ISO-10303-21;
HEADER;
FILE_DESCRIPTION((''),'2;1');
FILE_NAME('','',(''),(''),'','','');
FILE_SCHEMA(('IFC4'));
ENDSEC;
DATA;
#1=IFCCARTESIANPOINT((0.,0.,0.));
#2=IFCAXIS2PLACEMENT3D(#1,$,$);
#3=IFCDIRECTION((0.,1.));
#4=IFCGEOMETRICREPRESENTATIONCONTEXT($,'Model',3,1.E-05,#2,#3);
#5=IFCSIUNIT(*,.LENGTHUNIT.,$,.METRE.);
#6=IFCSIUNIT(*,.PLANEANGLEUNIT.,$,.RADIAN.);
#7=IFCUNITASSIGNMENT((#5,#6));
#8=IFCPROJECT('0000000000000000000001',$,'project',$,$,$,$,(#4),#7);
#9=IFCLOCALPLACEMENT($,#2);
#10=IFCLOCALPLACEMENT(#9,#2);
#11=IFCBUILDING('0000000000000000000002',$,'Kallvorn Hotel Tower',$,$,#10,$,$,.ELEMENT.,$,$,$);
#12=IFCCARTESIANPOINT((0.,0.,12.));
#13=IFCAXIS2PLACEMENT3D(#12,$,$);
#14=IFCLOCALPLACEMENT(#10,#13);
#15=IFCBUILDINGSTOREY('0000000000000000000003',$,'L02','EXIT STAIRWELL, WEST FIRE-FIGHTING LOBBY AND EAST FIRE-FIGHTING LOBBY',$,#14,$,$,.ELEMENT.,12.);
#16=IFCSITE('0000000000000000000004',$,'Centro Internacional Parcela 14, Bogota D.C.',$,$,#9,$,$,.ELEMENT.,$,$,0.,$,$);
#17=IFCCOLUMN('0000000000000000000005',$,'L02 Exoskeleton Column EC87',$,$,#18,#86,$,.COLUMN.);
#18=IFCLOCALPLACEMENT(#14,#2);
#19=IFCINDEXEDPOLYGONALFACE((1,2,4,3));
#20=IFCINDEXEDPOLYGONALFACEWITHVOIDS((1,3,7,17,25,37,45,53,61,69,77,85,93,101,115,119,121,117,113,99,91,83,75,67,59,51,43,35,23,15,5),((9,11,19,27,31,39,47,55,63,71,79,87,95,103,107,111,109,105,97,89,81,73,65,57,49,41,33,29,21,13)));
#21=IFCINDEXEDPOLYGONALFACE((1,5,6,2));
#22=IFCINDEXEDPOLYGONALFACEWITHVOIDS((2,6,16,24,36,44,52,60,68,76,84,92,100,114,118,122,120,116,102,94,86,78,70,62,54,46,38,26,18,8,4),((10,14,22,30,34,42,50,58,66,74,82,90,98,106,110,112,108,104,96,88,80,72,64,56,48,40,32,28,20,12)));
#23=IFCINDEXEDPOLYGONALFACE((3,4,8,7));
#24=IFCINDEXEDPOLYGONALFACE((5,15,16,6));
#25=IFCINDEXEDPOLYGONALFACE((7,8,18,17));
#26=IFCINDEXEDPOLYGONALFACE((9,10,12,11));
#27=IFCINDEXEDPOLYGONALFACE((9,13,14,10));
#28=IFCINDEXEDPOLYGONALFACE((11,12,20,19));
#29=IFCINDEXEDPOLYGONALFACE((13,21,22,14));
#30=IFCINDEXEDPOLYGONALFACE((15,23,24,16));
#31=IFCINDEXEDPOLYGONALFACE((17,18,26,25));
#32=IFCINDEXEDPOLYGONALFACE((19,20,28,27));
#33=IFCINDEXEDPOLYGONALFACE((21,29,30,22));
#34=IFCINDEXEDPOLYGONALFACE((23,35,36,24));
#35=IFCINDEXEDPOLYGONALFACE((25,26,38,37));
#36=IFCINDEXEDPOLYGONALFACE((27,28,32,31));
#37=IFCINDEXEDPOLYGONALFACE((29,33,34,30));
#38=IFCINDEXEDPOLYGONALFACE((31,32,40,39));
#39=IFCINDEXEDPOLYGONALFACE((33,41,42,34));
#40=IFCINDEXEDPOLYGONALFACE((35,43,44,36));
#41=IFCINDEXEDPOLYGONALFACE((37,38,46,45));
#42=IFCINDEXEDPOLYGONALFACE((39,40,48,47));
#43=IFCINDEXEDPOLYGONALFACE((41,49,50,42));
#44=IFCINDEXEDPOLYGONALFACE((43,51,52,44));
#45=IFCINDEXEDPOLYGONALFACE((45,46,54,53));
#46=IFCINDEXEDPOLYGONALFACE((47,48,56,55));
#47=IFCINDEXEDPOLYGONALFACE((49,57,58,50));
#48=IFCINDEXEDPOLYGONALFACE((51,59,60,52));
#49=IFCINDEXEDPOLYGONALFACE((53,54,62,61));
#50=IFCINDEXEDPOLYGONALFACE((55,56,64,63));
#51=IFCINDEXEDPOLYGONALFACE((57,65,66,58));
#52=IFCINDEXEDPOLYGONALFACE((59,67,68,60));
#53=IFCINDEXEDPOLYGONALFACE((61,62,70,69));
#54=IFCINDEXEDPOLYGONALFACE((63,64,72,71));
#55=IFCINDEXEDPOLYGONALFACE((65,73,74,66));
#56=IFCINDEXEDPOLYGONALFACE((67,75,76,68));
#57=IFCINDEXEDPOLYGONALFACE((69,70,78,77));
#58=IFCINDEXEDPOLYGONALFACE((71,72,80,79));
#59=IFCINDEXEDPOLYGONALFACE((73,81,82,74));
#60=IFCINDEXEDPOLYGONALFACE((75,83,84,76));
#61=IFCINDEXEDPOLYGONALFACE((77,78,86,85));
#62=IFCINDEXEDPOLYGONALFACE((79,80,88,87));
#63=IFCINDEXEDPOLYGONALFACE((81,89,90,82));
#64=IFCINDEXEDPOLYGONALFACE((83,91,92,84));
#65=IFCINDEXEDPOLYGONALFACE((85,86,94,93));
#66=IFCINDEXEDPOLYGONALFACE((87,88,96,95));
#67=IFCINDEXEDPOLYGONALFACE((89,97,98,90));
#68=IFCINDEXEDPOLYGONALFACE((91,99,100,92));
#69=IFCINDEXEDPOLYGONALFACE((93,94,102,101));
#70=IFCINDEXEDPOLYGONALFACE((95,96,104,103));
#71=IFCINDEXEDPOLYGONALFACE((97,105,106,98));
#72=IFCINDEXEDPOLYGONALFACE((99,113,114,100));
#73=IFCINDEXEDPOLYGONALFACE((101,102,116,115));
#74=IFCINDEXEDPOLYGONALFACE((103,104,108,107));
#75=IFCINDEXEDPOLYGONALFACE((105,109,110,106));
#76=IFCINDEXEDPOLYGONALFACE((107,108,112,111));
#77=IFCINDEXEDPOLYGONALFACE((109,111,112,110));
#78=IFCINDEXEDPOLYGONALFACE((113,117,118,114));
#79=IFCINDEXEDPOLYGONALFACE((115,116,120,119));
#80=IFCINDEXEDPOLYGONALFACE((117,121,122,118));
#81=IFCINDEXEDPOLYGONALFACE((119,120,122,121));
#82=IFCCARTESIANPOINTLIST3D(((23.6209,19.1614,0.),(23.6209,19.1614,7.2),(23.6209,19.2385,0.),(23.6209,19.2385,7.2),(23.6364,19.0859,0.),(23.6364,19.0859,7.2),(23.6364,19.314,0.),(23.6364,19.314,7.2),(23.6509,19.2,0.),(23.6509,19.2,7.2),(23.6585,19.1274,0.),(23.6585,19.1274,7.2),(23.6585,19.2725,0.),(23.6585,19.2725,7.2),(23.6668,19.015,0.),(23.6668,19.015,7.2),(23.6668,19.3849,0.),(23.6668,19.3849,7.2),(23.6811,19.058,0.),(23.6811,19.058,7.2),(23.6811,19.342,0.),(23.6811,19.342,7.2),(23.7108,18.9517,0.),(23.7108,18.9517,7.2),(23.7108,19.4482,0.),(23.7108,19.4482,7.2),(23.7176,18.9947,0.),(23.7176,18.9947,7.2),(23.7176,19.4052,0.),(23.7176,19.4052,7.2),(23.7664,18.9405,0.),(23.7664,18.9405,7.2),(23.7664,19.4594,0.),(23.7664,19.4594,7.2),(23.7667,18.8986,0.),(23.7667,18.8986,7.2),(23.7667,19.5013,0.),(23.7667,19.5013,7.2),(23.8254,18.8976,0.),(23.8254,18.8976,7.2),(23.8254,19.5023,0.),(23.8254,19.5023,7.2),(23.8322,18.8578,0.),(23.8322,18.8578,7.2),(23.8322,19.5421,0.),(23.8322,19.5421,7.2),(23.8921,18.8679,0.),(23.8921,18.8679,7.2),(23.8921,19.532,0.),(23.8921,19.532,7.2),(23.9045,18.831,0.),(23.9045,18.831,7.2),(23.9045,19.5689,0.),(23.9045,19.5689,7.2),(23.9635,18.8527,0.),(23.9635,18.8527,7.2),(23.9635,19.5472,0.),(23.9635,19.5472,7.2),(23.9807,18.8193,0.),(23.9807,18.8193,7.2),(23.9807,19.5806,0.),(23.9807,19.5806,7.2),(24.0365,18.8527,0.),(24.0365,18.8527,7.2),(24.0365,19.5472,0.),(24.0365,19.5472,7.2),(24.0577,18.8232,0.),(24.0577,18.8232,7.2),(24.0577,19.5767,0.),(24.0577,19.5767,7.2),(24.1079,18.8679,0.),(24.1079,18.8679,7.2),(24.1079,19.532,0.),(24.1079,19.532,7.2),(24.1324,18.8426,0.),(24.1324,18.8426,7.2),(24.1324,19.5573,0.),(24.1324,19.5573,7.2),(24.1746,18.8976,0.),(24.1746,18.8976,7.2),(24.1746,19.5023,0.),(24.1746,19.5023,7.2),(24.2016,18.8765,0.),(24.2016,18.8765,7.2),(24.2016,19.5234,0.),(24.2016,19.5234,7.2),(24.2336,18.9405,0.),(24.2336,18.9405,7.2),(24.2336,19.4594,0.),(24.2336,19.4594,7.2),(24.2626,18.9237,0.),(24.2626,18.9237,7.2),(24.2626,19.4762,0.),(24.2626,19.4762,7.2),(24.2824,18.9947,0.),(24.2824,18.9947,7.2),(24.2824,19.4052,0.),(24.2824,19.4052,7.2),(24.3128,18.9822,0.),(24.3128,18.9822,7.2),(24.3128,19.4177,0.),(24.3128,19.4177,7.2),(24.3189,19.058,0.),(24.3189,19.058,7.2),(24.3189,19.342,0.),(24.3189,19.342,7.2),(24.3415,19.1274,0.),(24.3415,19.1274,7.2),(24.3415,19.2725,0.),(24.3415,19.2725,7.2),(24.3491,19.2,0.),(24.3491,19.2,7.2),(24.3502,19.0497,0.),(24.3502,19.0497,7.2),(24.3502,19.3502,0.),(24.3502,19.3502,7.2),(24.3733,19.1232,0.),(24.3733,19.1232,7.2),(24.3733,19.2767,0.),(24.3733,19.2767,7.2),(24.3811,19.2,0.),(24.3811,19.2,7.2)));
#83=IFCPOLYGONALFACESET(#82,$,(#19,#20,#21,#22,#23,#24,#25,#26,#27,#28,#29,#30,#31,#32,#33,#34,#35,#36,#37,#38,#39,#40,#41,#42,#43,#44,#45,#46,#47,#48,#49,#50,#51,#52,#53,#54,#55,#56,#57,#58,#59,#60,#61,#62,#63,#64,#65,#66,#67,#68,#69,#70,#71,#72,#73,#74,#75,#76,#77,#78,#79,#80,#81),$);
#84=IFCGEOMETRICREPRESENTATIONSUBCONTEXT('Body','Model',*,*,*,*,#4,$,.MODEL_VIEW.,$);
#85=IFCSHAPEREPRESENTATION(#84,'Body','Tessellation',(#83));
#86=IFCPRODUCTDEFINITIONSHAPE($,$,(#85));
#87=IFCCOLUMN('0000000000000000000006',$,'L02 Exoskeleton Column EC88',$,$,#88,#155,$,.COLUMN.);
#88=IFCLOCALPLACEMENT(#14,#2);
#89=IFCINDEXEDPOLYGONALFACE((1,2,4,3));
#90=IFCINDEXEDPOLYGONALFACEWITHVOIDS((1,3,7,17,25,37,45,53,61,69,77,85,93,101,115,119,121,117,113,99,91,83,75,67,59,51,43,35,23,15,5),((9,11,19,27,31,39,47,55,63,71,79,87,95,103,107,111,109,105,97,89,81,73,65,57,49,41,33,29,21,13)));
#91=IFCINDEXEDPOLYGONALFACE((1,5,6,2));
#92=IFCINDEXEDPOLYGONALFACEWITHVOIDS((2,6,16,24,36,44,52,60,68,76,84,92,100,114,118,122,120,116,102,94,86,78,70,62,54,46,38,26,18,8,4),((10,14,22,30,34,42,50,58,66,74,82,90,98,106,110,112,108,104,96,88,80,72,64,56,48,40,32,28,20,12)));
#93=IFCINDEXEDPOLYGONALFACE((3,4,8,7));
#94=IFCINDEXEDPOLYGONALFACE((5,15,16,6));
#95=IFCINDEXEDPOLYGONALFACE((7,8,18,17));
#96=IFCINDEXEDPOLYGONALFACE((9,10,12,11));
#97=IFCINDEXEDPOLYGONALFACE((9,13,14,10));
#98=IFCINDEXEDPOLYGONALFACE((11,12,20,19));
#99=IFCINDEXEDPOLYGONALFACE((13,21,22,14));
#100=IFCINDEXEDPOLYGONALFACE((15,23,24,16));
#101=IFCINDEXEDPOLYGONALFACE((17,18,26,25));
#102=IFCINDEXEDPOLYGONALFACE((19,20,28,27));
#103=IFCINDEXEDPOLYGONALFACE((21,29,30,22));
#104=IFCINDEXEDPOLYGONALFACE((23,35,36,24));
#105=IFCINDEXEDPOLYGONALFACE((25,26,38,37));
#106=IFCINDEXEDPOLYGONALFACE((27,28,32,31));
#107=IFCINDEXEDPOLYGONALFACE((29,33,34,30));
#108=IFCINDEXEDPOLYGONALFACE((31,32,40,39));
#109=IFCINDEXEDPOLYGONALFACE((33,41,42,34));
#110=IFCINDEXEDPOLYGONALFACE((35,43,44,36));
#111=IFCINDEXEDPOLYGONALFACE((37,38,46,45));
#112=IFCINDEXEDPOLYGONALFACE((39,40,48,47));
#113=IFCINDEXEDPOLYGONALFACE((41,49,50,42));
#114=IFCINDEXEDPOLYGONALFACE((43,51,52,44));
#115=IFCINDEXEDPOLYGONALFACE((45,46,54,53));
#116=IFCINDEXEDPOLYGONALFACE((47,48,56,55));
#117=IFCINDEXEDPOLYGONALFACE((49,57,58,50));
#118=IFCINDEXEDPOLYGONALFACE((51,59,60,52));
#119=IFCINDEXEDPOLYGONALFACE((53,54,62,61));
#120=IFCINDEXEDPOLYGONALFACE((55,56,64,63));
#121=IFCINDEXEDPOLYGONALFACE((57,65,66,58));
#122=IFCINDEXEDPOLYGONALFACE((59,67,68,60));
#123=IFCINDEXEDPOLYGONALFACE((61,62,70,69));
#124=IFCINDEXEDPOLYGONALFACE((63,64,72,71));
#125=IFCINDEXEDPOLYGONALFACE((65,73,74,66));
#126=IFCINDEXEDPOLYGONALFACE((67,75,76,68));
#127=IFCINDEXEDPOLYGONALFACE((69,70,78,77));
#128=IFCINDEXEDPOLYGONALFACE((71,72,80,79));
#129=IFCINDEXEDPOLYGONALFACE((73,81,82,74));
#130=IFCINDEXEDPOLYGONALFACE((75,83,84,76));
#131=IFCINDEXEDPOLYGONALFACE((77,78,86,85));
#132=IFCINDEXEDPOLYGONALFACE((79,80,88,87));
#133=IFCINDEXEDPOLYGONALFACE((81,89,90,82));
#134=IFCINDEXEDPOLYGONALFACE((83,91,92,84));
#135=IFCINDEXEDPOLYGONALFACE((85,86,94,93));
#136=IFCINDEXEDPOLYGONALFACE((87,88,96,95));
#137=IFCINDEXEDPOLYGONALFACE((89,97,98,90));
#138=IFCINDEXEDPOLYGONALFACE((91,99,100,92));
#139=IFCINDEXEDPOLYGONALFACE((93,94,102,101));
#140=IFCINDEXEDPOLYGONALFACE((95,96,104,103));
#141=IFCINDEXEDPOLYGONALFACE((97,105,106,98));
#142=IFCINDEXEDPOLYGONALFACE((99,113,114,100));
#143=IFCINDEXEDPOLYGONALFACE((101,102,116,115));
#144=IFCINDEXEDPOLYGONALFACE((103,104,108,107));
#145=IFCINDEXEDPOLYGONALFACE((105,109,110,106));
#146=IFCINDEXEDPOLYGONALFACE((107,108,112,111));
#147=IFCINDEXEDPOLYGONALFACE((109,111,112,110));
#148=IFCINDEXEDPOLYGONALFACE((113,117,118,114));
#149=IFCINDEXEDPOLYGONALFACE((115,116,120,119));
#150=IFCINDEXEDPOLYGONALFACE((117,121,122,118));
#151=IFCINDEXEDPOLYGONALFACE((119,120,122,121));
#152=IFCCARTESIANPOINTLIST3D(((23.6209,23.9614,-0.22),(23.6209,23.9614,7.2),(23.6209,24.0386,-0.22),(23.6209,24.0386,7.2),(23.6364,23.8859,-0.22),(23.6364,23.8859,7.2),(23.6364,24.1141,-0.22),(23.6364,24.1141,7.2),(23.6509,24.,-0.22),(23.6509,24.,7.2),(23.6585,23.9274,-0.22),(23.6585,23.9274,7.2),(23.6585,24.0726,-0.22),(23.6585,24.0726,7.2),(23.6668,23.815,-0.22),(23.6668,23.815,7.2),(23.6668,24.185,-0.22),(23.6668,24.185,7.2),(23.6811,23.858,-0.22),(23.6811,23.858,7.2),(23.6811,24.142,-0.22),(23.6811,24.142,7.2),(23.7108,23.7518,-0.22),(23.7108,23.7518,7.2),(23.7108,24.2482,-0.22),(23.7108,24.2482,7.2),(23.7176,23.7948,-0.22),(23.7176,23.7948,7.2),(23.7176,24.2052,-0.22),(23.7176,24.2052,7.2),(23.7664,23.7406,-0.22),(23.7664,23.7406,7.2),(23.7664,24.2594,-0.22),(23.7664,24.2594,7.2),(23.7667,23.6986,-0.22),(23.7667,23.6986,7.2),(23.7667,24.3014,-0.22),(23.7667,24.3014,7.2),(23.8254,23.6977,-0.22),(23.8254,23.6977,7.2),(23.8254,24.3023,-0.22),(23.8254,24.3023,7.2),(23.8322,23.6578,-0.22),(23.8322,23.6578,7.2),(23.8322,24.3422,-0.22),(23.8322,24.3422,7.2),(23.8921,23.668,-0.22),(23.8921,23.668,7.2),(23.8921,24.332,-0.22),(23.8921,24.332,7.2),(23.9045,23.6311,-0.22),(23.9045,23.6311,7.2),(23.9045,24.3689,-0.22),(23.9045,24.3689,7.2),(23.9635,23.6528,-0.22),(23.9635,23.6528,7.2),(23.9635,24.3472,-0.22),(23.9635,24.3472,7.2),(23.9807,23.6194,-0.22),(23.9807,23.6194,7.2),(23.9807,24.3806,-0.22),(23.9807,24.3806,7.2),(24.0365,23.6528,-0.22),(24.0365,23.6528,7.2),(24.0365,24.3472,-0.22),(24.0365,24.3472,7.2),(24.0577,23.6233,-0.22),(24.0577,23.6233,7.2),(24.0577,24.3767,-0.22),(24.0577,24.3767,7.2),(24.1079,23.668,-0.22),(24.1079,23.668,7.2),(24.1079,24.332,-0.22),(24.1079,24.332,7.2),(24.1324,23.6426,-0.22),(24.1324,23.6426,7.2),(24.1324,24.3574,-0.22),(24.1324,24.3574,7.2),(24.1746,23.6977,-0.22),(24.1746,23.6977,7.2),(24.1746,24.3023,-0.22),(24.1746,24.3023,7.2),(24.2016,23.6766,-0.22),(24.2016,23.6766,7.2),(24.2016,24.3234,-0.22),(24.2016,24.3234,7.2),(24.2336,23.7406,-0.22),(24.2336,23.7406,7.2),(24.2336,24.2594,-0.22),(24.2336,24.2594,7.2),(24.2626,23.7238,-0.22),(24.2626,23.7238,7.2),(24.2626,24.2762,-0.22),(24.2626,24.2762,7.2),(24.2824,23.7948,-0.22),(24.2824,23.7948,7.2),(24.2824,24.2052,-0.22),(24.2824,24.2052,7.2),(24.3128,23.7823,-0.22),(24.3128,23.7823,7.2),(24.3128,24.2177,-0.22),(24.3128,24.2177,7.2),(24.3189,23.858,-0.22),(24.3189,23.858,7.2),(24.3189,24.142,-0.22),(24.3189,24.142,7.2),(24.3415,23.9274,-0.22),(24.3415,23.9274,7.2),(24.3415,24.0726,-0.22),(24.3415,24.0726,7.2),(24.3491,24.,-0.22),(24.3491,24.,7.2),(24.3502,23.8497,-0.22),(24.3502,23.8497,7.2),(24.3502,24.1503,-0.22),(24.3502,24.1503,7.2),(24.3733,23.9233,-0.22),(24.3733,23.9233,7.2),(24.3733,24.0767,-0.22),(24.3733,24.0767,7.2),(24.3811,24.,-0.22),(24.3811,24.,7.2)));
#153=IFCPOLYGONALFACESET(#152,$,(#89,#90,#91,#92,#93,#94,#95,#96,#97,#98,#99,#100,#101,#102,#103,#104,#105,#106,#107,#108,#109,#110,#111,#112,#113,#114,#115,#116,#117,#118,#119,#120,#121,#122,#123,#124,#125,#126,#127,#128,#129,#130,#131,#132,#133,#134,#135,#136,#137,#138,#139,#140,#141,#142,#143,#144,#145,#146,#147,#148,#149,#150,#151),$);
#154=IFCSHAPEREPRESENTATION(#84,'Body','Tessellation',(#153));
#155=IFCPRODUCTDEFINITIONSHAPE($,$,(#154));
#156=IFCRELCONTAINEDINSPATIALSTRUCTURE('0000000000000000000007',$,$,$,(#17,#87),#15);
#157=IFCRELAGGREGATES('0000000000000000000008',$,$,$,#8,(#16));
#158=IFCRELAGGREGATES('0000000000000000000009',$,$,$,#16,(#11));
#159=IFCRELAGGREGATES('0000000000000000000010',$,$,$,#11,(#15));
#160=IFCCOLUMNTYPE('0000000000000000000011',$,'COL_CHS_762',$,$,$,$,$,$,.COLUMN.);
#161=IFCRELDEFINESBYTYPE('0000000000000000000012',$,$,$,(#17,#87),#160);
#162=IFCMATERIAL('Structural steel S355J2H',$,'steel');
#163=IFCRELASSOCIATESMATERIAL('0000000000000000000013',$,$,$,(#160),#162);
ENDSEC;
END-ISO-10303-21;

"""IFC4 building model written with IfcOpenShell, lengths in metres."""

from ifc_helpers import new_model, si_unit, direction, frame, origin, origin_2d, place, context, subcontext, project, spatial, hollow_circle, extrude, material, material_profile, profile_set, type_object, element, save


model = new_model("IFC4")

# Units and contexts
model_context = context("Model", 3, precision=1e-05, world=origin(), true_north=direction((0.0, 1.0)))
body_context = subcontext(model_context, "Body", "Model", "MODEL_VIEW")
ifc_project = project(units=[si_unit("LENGTHUNIT", "METRE"), si_unit("PLANEANGLEUNIT", "RADIAN")], contexts=[model_context])

# Site, building, storey
site_placement = place(None, origin())
site = spatial("IfcSite", under=ifc_project, at=site_placement, Name="Centro Internacional Parcela 14, Bogota D.C.", CompositionType="ELEMENT", RefElevation=0.0)
building_placement = place(site_placement, origin())
building = spatial("IfcBuilding", under=site, at=building_placement, Name="Kallvorn Hotel Tower", CompositionType="ELEMENT")
storey_placement = place(building_placement, frame((0.0, 0.0, 12.0)))
storey = spatial("IfcBuildingStorey", under=building, at=storey_placement, Name="L02", Description="EXIT STAIRWELL, WEST FIRE-FIGHTING LOBBY AND EAST FIRE-FIGHTING LOBBY", CompositionType="ELEMENT", Elevation=12.0)

# Columns
ifc_material_1 = material(Name="Structural steel S355J2H", Category="steel")
ifc_material_profile_1 = material_profile(ifc_material_1, hollow_circle(Radius=0.3811, WallThickness=0.032, at=origin_2d()), Name="CHS 762x32")
ifc_profile_set_1 = profile_set([ifc_material_profile_1], Name="Structural steel S355J2H")
column_type_1 = type_object("IfcColumnType", Name="COL_CHS_762", PredefinedType="COLUMN", material=ifc_profile_set_1)
column_1_placement = place(storey_placement, frame((24.0, 19.2, 0.0), z_axis=(0.0, 0.0, 1.0), x_axis=(1.0, 0.0, 0.0)))
element("IfcColumn", 1, at=column_1_placement, inside=storey, type_object=column_type_1, Name="L02 Exoskeleton Column EC87", PredefinedType="COLUMN", context=body_context, shape_type="SweptSolid", body=[
    extrude(hollow_circle(Radius=0.3811, WallThickness=0.032, at=origin_2d()), origin(), (0.0, 0.0, 1.0), 7.2),
])
column_2_placement = place(storey_placement, frame((24.0, 24.0, -0.22), z_axis=(0.0, 0.0, 1.0), x_axis=(1.0, 0.0, 0.0)))
element("IfcColumn", 2, at=column_2_placement, inside=storey, type_object=column_type_1, Name="L02 Exoskeleton Column EC88", PredefinedType="COLUMN", context=body_context, shape_type="SweptSolid", body=[
    extrude(hollow_circle(Radius=0.3811, WallThickness=0.032, at=origin_2d()), origin(), (0.0, 0.0, 1.0), 7.4199),
])

save(model, "model.ifc")
